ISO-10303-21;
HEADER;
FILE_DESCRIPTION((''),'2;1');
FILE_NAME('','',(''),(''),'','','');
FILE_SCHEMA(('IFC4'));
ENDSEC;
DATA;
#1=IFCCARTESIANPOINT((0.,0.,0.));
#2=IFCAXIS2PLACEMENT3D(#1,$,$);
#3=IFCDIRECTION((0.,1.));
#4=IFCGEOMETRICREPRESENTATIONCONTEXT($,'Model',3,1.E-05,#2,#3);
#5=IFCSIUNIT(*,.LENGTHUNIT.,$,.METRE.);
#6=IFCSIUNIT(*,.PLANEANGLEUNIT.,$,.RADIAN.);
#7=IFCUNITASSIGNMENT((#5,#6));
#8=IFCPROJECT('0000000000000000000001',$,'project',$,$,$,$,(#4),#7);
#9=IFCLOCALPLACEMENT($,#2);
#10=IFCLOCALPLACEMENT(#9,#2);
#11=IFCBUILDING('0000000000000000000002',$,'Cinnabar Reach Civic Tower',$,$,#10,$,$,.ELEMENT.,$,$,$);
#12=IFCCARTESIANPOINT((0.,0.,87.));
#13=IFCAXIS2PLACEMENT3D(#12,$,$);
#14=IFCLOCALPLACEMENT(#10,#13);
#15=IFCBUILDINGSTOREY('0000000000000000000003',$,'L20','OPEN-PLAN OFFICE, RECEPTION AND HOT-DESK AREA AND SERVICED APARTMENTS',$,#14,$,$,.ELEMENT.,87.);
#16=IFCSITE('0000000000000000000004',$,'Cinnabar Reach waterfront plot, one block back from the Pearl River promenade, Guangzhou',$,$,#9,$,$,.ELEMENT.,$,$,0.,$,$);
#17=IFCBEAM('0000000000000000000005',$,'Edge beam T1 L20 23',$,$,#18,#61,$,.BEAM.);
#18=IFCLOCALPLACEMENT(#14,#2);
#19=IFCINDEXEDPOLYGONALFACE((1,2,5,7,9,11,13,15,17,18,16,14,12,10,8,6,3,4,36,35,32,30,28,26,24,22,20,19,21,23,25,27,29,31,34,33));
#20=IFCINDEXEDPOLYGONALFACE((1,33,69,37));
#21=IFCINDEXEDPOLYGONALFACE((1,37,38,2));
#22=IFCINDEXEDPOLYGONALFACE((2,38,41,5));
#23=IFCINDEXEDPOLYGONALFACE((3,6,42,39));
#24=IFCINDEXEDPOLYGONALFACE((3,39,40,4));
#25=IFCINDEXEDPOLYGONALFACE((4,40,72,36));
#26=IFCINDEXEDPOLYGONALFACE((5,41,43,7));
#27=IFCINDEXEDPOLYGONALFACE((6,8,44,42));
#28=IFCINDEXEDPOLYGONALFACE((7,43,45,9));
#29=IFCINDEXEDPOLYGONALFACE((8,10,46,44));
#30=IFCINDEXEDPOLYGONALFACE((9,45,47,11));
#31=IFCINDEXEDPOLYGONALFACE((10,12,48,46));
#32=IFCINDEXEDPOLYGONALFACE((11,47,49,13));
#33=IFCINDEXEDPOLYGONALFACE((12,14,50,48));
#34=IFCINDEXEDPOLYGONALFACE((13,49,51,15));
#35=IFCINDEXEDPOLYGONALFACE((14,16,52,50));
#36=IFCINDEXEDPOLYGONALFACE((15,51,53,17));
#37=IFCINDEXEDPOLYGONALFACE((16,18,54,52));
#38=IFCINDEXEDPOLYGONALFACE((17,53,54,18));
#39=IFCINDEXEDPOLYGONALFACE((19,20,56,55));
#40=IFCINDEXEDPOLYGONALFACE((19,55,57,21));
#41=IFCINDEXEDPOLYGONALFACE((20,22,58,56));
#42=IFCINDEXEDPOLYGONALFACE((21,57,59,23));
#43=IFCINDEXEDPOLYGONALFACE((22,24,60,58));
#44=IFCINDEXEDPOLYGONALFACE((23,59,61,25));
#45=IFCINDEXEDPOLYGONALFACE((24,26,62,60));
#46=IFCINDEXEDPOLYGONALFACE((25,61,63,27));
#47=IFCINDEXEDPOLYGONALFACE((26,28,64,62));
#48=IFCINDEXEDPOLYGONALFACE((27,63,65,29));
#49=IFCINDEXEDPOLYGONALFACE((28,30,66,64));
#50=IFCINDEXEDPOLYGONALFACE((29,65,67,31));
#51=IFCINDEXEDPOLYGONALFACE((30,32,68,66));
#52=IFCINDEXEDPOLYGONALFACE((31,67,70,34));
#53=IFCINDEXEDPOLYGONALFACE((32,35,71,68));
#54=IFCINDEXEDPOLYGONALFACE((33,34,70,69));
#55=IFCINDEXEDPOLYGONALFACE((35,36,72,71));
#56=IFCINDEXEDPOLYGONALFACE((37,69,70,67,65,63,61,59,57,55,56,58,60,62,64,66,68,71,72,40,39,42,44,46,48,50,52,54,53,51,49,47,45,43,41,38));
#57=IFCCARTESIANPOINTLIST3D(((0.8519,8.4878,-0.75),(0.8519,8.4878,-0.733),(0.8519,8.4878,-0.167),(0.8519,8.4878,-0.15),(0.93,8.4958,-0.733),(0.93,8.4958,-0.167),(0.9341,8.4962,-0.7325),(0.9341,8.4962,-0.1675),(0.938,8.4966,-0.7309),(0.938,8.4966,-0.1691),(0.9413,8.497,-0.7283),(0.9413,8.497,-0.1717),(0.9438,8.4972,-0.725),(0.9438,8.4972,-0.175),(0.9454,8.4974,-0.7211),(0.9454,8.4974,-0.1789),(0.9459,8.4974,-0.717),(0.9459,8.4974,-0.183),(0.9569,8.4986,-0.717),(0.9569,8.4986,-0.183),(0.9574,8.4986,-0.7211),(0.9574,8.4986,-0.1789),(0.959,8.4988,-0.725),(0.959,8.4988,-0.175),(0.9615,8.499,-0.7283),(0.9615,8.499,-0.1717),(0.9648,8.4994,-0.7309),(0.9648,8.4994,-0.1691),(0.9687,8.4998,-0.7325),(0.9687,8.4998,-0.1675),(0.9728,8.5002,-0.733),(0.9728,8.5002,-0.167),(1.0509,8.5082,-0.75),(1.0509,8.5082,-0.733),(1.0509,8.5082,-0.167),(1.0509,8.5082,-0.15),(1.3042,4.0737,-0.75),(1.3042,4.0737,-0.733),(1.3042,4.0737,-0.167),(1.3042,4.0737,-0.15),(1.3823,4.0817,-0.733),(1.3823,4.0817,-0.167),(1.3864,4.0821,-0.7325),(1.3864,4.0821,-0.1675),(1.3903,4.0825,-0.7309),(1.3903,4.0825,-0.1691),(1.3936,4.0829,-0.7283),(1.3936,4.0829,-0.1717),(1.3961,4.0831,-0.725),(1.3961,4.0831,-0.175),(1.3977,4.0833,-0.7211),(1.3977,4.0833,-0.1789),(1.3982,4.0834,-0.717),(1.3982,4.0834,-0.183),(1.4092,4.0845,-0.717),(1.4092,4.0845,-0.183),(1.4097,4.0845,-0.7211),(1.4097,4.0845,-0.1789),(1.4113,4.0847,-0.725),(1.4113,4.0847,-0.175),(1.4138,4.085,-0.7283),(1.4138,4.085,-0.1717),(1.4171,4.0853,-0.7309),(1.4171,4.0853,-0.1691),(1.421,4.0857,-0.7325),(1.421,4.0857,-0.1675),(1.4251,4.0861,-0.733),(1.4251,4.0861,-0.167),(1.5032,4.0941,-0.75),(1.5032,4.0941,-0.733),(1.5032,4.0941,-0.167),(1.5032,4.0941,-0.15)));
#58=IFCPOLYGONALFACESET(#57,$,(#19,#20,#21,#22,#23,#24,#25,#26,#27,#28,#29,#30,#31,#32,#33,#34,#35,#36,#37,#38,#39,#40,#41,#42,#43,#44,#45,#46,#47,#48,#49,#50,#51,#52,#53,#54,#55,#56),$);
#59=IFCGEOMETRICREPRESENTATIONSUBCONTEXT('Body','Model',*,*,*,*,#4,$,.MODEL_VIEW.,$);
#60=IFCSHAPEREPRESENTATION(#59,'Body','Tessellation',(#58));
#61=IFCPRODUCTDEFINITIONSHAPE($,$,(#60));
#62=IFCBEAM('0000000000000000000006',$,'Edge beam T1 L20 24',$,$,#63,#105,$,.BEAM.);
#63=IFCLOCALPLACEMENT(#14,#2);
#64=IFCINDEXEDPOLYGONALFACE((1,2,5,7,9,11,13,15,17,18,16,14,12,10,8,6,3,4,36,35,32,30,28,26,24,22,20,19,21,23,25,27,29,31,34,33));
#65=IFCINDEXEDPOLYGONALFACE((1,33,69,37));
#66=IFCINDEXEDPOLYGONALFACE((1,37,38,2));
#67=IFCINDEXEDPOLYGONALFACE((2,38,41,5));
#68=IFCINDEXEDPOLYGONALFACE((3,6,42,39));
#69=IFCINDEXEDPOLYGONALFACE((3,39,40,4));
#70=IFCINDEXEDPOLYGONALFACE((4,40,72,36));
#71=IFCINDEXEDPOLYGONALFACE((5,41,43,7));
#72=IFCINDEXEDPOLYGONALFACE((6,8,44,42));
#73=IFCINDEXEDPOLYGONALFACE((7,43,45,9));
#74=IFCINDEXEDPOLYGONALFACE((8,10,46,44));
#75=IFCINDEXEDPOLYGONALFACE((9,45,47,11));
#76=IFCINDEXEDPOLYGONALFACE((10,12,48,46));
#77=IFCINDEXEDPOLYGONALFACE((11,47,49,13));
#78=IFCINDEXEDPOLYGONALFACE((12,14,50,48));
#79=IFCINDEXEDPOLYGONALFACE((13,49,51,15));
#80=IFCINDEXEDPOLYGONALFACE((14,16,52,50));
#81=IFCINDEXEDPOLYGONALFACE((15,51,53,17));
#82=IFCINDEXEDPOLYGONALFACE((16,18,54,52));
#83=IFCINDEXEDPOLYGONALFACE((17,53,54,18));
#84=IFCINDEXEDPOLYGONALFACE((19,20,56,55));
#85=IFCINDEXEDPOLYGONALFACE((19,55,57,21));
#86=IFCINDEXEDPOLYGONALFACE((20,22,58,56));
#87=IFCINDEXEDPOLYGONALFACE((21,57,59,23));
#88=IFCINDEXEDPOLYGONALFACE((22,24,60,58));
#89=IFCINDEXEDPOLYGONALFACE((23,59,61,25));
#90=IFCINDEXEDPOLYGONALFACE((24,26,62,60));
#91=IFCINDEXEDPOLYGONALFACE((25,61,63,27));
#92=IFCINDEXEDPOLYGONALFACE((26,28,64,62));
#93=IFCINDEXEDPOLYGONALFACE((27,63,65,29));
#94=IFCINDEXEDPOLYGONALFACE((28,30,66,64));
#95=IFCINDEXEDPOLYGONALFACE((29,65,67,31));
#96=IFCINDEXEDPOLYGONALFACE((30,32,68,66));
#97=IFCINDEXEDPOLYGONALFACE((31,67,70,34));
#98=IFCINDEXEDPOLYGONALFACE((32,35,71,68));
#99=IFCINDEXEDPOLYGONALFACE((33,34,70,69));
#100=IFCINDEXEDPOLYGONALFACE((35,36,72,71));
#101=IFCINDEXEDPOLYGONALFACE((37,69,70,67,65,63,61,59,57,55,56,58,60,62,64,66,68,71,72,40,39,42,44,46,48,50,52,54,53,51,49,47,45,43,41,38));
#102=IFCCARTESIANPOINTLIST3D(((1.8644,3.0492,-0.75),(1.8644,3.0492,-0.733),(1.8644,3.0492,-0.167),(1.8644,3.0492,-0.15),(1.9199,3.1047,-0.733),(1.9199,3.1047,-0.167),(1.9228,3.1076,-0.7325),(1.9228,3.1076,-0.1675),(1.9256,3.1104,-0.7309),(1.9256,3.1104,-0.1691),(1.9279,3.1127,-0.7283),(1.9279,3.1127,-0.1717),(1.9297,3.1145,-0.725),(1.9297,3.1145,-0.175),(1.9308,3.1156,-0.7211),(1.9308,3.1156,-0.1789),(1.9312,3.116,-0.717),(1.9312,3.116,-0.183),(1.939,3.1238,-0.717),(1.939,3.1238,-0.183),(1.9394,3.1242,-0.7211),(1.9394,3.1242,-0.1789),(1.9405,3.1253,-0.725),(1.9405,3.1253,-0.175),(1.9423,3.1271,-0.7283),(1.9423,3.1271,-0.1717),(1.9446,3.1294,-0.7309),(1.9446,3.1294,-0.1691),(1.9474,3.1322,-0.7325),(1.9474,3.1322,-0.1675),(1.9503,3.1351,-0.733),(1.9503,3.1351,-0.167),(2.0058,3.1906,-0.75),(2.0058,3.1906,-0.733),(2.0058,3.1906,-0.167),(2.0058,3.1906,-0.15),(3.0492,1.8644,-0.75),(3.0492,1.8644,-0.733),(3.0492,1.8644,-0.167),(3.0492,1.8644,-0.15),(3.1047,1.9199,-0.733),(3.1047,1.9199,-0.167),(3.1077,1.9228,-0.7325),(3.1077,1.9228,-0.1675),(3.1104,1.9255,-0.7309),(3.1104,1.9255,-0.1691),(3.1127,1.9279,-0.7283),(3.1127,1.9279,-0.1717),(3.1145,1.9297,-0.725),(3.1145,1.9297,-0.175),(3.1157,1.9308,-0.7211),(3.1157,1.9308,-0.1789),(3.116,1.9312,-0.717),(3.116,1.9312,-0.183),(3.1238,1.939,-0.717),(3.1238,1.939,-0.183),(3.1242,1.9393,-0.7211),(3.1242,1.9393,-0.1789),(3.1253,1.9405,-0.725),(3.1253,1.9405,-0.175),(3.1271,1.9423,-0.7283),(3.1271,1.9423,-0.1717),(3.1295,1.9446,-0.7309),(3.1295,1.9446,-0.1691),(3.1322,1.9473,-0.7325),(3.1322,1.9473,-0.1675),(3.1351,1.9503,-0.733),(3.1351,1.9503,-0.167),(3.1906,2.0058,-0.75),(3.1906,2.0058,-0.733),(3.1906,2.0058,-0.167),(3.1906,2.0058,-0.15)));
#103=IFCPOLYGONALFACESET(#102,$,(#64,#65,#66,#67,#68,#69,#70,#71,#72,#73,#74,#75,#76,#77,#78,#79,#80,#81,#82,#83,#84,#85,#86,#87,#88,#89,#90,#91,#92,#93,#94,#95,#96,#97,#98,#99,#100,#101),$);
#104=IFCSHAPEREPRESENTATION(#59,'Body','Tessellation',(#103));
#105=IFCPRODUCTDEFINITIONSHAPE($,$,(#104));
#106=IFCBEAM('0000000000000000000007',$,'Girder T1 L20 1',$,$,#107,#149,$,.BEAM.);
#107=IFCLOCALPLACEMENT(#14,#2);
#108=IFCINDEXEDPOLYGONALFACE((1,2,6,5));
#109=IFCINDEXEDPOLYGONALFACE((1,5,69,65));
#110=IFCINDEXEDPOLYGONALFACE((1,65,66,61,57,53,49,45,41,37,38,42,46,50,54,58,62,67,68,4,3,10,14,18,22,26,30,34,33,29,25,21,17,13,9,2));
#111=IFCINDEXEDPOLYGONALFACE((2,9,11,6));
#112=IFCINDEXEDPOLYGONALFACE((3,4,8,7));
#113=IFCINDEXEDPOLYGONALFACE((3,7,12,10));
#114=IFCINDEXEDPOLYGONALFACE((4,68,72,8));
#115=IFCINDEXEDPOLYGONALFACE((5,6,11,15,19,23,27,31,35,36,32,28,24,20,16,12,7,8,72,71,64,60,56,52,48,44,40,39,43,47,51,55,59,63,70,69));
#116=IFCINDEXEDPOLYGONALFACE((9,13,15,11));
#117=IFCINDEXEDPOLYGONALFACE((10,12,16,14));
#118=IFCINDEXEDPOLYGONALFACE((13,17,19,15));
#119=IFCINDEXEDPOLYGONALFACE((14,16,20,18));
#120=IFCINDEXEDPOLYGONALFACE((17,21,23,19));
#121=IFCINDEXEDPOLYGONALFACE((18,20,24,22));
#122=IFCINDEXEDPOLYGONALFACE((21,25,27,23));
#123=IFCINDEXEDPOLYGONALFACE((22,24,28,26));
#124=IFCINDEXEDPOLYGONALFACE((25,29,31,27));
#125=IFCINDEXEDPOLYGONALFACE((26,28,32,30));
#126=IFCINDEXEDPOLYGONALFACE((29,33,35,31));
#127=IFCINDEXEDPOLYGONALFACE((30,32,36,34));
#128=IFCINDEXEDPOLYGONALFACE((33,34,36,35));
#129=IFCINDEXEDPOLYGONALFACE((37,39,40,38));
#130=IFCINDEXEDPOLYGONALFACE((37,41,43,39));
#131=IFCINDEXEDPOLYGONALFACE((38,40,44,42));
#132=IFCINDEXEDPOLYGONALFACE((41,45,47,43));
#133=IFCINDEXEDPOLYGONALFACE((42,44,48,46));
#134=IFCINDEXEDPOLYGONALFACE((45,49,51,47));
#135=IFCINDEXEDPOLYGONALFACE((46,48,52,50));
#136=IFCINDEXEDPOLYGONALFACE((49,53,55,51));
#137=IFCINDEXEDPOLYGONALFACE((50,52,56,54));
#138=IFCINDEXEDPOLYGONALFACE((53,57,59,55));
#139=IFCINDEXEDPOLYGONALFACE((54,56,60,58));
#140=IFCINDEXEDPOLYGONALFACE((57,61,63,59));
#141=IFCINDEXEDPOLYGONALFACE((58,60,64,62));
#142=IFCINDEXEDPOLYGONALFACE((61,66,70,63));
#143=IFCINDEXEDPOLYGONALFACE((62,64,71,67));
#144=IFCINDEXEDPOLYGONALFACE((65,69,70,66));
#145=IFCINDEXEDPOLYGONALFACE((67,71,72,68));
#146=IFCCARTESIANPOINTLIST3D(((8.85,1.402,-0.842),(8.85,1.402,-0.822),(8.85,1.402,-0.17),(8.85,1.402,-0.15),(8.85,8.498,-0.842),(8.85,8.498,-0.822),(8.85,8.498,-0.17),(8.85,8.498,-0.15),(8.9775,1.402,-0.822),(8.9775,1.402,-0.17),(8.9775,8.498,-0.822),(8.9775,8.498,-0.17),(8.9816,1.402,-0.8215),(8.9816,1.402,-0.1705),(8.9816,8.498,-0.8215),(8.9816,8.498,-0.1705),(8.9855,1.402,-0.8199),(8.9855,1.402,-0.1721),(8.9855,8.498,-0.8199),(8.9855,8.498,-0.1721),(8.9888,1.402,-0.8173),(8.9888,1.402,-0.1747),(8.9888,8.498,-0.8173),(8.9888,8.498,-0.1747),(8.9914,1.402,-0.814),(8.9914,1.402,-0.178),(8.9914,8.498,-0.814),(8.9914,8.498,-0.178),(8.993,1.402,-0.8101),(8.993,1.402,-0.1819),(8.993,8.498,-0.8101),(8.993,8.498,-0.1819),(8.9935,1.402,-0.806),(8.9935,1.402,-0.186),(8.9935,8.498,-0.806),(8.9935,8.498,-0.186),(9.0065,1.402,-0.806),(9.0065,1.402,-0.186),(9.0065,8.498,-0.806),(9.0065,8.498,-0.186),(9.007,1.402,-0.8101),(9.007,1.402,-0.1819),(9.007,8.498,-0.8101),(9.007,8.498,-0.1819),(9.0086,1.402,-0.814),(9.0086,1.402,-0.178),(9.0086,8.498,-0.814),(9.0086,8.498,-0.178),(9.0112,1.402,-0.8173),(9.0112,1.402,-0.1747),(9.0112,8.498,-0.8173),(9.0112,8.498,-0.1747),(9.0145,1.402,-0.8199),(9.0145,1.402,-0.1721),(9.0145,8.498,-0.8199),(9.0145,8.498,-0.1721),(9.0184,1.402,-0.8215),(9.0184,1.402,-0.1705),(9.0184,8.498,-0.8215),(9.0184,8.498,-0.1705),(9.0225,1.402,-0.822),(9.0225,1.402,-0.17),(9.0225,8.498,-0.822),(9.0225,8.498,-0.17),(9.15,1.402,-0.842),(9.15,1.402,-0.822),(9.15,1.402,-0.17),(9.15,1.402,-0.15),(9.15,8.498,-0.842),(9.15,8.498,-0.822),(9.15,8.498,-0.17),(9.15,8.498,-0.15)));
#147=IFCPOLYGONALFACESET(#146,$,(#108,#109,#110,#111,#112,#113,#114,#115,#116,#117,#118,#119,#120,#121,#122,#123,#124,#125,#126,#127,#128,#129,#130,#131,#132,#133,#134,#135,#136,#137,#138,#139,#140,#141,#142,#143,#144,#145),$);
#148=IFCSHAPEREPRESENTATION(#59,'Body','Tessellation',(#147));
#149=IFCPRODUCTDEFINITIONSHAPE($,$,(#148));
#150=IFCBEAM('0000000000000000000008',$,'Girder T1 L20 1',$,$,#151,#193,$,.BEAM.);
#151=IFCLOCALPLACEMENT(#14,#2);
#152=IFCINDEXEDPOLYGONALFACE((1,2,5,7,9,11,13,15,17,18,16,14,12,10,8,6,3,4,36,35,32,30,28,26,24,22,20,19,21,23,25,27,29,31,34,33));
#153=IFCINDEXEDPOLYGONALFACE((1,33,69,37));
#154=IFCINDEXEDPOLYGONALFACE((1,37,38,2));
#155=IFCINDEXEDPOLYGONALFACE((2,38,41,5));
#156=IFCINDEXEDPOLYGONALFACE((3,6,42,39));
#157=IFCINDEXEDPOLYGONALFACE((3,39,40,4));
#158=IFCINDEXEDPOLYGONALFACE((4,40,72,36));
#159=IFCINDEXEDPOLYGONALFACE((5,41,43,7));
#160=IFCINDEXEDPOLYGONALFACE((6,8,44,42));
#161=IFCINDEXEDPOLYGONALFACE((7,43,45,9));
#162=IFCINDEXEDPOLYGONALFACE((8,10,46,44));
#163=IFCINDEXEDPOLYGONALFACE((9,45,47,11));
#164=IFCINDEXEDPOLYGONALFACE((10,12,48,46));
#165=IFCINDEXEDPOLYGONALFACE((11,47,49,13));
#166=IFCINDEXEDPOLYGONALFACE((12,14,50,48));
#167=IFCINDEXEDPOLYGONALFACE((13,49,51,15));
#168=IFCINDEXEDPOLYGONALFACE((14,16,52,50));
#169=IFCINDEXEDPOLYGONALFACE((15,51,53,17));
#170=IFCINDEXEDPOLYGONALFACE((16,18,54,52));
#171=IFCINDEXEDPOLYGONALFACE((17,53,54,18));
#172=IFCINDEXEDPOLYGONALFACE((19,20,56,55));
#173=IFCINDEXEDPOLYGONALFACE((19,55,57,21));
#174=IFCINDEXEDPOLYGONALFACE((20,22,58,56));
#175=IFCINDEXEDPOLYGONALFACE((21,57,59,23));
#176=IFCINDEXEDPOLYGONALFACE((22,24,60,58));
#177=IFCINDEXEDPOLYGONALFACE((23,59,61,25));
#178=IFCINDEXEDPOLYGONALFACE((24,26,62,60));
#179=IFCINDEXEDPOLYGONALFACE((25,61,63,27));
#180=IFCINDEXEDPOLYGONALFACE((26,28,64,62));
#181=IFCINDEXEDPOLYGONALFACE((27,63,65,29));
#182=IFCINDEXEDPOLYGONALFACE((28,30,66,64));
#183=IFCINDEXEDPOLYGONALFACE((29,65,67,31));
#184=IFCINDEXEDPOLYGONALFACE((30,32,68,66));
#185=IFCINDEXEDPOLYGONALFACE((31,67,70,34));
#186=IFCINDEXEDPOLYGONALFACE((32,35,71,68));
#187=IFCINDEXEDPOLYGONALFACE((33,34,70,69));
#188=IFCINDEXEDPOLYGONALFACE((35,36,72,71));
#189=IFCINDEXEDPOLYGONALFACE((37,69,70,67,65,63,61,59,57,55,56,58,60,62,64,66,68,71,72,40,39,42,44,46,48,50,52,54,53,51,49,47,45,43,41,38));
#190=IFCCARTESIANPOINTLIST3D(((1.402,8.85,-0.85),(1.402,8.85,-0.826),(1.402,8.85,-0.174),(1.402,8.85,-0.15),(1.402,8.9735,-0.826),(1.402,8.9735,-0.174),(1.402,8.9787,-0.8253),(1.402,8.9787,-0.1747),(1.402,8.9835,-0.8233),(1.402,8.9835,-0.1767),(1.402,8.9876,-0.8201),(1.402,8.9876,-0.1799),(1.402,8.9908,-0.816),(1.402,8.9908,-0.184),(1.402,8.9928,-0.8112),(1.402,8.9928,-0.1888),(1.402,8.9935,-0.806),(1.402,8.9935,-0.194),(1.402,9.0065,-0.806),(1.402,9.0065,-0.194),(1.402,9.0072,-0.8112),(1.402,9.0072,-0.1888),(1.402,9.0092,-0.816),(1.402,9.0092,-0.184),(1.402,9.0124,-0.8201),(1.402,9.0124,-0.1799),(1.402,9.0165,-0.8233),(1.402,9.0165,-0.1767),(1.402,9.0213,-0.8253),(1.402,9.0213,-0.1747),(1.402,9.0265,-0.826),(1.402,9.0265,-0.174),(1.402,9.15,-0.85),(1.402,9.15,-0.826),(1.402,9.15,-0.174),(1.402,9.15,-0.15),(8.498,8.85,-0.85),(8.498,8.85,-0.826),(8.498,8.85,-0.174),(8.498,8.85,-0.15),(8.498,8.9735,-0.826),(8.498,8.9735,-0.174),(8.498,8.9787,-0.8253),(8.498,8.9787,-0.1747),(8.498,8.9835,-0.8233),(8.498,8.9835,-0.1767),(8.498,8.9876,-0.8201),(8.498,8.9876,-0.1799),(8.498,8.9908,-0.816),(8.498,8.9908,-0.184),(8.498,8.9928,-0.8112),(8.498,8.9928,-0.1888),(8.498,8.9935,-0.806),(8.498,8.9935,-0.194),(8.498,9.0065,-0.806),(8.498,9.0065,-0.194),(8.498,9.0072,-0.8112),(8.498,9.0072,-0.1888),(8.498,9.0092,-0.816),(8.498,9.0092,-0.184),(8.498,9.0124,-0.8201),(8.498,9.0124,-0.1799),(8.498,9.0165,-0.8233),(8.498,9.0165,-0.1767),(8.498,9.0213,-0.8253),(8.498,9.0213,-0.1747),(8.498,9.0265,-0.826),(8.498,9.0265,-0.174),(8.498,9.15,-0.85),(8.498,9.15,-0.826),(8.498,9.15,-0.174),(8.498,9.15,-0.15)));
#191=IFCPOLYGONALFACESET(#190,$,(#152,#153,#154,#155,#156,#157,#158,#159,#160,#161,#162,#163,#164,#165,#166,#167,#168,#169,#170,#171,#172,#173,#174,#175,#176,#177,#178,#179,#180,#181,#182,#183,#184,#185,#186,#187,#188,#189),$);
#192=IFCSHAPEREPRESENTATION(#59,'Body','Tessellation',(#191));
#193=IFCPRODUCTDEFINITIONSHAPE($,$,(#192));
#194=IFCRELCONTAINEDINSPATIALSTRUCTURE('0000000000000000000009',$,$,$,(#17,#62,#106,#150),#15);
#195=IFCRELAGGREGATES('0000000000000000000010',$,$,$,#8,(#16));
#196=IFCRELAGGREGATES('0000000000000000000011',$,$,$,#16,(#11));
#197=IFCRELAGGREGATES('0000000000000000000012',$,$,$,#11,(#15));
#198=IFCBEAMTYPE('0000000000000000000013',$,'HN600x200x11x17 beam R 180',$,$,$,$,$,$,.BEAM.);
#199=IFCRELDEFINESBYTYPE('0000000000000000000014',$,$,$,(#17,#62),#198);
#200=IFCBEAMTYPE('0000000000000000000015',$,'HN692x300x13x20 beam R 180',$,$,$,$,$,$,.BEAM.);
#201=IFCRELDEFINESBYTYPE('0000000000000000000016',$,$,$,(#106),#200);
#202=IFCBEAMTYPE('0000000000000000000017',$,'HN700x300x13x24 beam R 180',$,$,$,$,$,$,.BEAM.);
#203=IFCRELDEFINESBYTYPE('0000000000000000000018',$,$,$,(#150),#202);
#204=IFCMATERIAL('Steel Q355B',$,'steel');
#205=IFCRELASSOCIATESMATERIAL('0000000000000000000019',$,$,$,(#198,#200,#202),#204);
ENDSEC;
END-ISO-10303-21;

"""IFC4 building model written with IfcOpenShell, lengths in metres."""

from ifc_helpers import new_model, si_unit, direction, frame, origin, origin_2d, place, context, subcontext, project, spatial, i_section, extrude, material, material_profile, profile_set, type_object, element, save


model = new_model("IFC4")

# Units and contexts
model_context = context("Model", 3, precision=1e-05, world=origin(), true_north=direction((0.0, 1.0)))
body_context = subcontext(model_context, "Body", "Model", "MODEL_VIEW")
ifc_project = project(units=[si_unit("LENGTHUNIT", "METRE"), si_unit("PLANEANGLEUNIT", "RADIAN")], contexts=[model_context])

# Site, building, storey
site_placement = place(None, origin())
site = spatial("IfcSite", under=ifc_project, at=site_placement, Name="Cinnabar Reach waterfront plot, one block back from the Pearl River promenade, Guangzhou", CompositionType="ELEMENT", RefElevation=0.0)
building_placement = place(site_placement, origin())
building = spatial("IfcBuilding", under=site, at=building_placement, Name="Cinnabar Reach Civic Tower", CompositionType="ELEMENT")
storey_placement = place(building_placement, frame((0.0, 0.0, 87.0)))
storey = spatial("IfcBuildingStorey", under=building, at=storey_placement, Name="L20", Description="OPEN-PLAN OFFICE, RECEPTION AND HOT-DESK AREA AND SERVICED APARTMENTS", CompositionType="ELEMENT", Elevation=87.0)

# Beams
ifc_material_1 = material(Name="Steel Q355B", Category="steel")
ifc_material_profile_1 = material_profile(ifc_material_1, i_section(OverallWidth=0.2, OverallDepth=0.6, WebThickness=0.011, FlangeThickness=0.017, FilletRadius=0.016, at=origin_2d()), Name="HN600x200x11x17")
ifc_profile_set_1 = profile_set([ifc_material_profile_1], Name="Steel Q355B")
beam_type_1 = type_object("IfcBeamType", Name="HN600x200x11x17 beam R 180", PredefinedType="BEAM", material=ifc_profile_set_1)
for number, where, z_axis, x_axis, name in (
    (1, (0.9514, 8.498, -0.45), (0.101933, -0.994791, 0.0), (0.994791, 0.101933, 0.0), "Edge beam T1 L20 23"),
):
    element("IfcBeam", number, at=place(storey_placement, frame(where, z_axis=z_axis, x_axis=x_axis)), inside=storey, type_object=beam_type_1, Name=name, PredefinedType="BEAM", context=body_context, shape_type="SweptSolid", body=[
        extrude(i_section(OverallWidth=0.2, OverallDepth=0.6, WebThickness=0.011, FlangeThickness=0.017, FilletRadius=0.016, at=origin_2d()), origin(), (0.0, 0.0, 1.0), 4.4372),
    ])
beam_1_placement = place(storey_placement, frame((1.9351, 3.1199, -0.45), z_axis=(0.707107, -0.707107, 0.0), x_axis=(0.707107, 0.707107, 0.0)))
element("IfcBeam", 2, at=beam_1_placement, inside=storey, type_object=beam_type_1, Name="Edge beam T1 L20 24", PredefinedType="BEAM", context=body_context, shape_type="SweptSolid", body=[
    extrude(i_section(OverallWidth=0.2, OverallDepth=0.6, WebThickness=0.011, FlangeThickness=0.017, FilletRadius=0.016, at=origin_2d()), origin(), (0.0, 0.0, 1.0), 1.6756),
])
ifc_material_profile_2 = material_profile(ifc_material_1, i_section(OverallWidth=0.3, OverallDepth=0.692, WebThickness=0.013, FlangeThickness=0.02, FilletRadius=0.016, at=origin_2d()), Name="HN692x300x13x20")
ifc_profile_set_2 = profile_set([ifc_material_profile_2], Name="Steel Q355B")
beam_type_2 = type_object("IfcBeamType", Name="HN692x300x13x20 beam R 180", PredefinedType="BEAM", material=ifc_profile_set_2)
beam_2_placement = place(storey_placement, frame((9.0, 1.402, -0.496), z_axis=(0.0, 1.0, 0.0), x_axis=(-1.0, 0.0, 0.0)))
element("IfcBeam", 3, at=beam_2_placement, inside=storey, type_object=beam_type_2, Name="Girder T1 L20 1", PredefinedType="BEAM", context=body_context, shape_type="SweptSolid", body=[
    extrude(i_section(OverallWidth=0.3, OverallDepth=0.692, WebThickness=0.013, FlangeThickness=0.02, FilletRadius=0.016, at=origin_2d()), origin(), (0.0, 0.0, 1.0), 7.096),
])
ifc_material_profile_3 = material_profile(ifc_material_1, i_section(OverallWidth=0.3, OverallDepth=0.7, WebThickness=0.013, FlangeThickness=0.024, FilletRadius=0.02, at=origin_2d()), Name="HN700x300x13x24")
ifc_profile_set_3 = profile_set([ifc_material_profile_3], Name="Steel Q355B")
beam_type_3 = type_object("IfcBeamType", Name="HN700x300x13x24 beam R 180", PredefinedType="BEAM", material=ifc_profile_set_3)
beam_3_placement = place(storey_placement, frame((1.402, 9.0, -0.5), z_axis=(1.0, 0.0, 0.0), x_axis=(0.0, 1.0, 0.0)))
element("IfcBeam", 4, at=beam_3_placement, inside=storey, type_object=beam_type_3, Name="Girder T1 L20 1", PredefinedType="BEAM", context=body_context, shape_type="SweptSolid", body=[
    extrude(i_section(OverallWidth=0.3, OverallDepth=0.7, WebThickness=0.013, FlangeThickness=0.024, FilletRadius=0.02, at=origin_2d()), origin(), (0.0, 0.0, 1.0), 7.096),
])

save(model, "model.ifc")
